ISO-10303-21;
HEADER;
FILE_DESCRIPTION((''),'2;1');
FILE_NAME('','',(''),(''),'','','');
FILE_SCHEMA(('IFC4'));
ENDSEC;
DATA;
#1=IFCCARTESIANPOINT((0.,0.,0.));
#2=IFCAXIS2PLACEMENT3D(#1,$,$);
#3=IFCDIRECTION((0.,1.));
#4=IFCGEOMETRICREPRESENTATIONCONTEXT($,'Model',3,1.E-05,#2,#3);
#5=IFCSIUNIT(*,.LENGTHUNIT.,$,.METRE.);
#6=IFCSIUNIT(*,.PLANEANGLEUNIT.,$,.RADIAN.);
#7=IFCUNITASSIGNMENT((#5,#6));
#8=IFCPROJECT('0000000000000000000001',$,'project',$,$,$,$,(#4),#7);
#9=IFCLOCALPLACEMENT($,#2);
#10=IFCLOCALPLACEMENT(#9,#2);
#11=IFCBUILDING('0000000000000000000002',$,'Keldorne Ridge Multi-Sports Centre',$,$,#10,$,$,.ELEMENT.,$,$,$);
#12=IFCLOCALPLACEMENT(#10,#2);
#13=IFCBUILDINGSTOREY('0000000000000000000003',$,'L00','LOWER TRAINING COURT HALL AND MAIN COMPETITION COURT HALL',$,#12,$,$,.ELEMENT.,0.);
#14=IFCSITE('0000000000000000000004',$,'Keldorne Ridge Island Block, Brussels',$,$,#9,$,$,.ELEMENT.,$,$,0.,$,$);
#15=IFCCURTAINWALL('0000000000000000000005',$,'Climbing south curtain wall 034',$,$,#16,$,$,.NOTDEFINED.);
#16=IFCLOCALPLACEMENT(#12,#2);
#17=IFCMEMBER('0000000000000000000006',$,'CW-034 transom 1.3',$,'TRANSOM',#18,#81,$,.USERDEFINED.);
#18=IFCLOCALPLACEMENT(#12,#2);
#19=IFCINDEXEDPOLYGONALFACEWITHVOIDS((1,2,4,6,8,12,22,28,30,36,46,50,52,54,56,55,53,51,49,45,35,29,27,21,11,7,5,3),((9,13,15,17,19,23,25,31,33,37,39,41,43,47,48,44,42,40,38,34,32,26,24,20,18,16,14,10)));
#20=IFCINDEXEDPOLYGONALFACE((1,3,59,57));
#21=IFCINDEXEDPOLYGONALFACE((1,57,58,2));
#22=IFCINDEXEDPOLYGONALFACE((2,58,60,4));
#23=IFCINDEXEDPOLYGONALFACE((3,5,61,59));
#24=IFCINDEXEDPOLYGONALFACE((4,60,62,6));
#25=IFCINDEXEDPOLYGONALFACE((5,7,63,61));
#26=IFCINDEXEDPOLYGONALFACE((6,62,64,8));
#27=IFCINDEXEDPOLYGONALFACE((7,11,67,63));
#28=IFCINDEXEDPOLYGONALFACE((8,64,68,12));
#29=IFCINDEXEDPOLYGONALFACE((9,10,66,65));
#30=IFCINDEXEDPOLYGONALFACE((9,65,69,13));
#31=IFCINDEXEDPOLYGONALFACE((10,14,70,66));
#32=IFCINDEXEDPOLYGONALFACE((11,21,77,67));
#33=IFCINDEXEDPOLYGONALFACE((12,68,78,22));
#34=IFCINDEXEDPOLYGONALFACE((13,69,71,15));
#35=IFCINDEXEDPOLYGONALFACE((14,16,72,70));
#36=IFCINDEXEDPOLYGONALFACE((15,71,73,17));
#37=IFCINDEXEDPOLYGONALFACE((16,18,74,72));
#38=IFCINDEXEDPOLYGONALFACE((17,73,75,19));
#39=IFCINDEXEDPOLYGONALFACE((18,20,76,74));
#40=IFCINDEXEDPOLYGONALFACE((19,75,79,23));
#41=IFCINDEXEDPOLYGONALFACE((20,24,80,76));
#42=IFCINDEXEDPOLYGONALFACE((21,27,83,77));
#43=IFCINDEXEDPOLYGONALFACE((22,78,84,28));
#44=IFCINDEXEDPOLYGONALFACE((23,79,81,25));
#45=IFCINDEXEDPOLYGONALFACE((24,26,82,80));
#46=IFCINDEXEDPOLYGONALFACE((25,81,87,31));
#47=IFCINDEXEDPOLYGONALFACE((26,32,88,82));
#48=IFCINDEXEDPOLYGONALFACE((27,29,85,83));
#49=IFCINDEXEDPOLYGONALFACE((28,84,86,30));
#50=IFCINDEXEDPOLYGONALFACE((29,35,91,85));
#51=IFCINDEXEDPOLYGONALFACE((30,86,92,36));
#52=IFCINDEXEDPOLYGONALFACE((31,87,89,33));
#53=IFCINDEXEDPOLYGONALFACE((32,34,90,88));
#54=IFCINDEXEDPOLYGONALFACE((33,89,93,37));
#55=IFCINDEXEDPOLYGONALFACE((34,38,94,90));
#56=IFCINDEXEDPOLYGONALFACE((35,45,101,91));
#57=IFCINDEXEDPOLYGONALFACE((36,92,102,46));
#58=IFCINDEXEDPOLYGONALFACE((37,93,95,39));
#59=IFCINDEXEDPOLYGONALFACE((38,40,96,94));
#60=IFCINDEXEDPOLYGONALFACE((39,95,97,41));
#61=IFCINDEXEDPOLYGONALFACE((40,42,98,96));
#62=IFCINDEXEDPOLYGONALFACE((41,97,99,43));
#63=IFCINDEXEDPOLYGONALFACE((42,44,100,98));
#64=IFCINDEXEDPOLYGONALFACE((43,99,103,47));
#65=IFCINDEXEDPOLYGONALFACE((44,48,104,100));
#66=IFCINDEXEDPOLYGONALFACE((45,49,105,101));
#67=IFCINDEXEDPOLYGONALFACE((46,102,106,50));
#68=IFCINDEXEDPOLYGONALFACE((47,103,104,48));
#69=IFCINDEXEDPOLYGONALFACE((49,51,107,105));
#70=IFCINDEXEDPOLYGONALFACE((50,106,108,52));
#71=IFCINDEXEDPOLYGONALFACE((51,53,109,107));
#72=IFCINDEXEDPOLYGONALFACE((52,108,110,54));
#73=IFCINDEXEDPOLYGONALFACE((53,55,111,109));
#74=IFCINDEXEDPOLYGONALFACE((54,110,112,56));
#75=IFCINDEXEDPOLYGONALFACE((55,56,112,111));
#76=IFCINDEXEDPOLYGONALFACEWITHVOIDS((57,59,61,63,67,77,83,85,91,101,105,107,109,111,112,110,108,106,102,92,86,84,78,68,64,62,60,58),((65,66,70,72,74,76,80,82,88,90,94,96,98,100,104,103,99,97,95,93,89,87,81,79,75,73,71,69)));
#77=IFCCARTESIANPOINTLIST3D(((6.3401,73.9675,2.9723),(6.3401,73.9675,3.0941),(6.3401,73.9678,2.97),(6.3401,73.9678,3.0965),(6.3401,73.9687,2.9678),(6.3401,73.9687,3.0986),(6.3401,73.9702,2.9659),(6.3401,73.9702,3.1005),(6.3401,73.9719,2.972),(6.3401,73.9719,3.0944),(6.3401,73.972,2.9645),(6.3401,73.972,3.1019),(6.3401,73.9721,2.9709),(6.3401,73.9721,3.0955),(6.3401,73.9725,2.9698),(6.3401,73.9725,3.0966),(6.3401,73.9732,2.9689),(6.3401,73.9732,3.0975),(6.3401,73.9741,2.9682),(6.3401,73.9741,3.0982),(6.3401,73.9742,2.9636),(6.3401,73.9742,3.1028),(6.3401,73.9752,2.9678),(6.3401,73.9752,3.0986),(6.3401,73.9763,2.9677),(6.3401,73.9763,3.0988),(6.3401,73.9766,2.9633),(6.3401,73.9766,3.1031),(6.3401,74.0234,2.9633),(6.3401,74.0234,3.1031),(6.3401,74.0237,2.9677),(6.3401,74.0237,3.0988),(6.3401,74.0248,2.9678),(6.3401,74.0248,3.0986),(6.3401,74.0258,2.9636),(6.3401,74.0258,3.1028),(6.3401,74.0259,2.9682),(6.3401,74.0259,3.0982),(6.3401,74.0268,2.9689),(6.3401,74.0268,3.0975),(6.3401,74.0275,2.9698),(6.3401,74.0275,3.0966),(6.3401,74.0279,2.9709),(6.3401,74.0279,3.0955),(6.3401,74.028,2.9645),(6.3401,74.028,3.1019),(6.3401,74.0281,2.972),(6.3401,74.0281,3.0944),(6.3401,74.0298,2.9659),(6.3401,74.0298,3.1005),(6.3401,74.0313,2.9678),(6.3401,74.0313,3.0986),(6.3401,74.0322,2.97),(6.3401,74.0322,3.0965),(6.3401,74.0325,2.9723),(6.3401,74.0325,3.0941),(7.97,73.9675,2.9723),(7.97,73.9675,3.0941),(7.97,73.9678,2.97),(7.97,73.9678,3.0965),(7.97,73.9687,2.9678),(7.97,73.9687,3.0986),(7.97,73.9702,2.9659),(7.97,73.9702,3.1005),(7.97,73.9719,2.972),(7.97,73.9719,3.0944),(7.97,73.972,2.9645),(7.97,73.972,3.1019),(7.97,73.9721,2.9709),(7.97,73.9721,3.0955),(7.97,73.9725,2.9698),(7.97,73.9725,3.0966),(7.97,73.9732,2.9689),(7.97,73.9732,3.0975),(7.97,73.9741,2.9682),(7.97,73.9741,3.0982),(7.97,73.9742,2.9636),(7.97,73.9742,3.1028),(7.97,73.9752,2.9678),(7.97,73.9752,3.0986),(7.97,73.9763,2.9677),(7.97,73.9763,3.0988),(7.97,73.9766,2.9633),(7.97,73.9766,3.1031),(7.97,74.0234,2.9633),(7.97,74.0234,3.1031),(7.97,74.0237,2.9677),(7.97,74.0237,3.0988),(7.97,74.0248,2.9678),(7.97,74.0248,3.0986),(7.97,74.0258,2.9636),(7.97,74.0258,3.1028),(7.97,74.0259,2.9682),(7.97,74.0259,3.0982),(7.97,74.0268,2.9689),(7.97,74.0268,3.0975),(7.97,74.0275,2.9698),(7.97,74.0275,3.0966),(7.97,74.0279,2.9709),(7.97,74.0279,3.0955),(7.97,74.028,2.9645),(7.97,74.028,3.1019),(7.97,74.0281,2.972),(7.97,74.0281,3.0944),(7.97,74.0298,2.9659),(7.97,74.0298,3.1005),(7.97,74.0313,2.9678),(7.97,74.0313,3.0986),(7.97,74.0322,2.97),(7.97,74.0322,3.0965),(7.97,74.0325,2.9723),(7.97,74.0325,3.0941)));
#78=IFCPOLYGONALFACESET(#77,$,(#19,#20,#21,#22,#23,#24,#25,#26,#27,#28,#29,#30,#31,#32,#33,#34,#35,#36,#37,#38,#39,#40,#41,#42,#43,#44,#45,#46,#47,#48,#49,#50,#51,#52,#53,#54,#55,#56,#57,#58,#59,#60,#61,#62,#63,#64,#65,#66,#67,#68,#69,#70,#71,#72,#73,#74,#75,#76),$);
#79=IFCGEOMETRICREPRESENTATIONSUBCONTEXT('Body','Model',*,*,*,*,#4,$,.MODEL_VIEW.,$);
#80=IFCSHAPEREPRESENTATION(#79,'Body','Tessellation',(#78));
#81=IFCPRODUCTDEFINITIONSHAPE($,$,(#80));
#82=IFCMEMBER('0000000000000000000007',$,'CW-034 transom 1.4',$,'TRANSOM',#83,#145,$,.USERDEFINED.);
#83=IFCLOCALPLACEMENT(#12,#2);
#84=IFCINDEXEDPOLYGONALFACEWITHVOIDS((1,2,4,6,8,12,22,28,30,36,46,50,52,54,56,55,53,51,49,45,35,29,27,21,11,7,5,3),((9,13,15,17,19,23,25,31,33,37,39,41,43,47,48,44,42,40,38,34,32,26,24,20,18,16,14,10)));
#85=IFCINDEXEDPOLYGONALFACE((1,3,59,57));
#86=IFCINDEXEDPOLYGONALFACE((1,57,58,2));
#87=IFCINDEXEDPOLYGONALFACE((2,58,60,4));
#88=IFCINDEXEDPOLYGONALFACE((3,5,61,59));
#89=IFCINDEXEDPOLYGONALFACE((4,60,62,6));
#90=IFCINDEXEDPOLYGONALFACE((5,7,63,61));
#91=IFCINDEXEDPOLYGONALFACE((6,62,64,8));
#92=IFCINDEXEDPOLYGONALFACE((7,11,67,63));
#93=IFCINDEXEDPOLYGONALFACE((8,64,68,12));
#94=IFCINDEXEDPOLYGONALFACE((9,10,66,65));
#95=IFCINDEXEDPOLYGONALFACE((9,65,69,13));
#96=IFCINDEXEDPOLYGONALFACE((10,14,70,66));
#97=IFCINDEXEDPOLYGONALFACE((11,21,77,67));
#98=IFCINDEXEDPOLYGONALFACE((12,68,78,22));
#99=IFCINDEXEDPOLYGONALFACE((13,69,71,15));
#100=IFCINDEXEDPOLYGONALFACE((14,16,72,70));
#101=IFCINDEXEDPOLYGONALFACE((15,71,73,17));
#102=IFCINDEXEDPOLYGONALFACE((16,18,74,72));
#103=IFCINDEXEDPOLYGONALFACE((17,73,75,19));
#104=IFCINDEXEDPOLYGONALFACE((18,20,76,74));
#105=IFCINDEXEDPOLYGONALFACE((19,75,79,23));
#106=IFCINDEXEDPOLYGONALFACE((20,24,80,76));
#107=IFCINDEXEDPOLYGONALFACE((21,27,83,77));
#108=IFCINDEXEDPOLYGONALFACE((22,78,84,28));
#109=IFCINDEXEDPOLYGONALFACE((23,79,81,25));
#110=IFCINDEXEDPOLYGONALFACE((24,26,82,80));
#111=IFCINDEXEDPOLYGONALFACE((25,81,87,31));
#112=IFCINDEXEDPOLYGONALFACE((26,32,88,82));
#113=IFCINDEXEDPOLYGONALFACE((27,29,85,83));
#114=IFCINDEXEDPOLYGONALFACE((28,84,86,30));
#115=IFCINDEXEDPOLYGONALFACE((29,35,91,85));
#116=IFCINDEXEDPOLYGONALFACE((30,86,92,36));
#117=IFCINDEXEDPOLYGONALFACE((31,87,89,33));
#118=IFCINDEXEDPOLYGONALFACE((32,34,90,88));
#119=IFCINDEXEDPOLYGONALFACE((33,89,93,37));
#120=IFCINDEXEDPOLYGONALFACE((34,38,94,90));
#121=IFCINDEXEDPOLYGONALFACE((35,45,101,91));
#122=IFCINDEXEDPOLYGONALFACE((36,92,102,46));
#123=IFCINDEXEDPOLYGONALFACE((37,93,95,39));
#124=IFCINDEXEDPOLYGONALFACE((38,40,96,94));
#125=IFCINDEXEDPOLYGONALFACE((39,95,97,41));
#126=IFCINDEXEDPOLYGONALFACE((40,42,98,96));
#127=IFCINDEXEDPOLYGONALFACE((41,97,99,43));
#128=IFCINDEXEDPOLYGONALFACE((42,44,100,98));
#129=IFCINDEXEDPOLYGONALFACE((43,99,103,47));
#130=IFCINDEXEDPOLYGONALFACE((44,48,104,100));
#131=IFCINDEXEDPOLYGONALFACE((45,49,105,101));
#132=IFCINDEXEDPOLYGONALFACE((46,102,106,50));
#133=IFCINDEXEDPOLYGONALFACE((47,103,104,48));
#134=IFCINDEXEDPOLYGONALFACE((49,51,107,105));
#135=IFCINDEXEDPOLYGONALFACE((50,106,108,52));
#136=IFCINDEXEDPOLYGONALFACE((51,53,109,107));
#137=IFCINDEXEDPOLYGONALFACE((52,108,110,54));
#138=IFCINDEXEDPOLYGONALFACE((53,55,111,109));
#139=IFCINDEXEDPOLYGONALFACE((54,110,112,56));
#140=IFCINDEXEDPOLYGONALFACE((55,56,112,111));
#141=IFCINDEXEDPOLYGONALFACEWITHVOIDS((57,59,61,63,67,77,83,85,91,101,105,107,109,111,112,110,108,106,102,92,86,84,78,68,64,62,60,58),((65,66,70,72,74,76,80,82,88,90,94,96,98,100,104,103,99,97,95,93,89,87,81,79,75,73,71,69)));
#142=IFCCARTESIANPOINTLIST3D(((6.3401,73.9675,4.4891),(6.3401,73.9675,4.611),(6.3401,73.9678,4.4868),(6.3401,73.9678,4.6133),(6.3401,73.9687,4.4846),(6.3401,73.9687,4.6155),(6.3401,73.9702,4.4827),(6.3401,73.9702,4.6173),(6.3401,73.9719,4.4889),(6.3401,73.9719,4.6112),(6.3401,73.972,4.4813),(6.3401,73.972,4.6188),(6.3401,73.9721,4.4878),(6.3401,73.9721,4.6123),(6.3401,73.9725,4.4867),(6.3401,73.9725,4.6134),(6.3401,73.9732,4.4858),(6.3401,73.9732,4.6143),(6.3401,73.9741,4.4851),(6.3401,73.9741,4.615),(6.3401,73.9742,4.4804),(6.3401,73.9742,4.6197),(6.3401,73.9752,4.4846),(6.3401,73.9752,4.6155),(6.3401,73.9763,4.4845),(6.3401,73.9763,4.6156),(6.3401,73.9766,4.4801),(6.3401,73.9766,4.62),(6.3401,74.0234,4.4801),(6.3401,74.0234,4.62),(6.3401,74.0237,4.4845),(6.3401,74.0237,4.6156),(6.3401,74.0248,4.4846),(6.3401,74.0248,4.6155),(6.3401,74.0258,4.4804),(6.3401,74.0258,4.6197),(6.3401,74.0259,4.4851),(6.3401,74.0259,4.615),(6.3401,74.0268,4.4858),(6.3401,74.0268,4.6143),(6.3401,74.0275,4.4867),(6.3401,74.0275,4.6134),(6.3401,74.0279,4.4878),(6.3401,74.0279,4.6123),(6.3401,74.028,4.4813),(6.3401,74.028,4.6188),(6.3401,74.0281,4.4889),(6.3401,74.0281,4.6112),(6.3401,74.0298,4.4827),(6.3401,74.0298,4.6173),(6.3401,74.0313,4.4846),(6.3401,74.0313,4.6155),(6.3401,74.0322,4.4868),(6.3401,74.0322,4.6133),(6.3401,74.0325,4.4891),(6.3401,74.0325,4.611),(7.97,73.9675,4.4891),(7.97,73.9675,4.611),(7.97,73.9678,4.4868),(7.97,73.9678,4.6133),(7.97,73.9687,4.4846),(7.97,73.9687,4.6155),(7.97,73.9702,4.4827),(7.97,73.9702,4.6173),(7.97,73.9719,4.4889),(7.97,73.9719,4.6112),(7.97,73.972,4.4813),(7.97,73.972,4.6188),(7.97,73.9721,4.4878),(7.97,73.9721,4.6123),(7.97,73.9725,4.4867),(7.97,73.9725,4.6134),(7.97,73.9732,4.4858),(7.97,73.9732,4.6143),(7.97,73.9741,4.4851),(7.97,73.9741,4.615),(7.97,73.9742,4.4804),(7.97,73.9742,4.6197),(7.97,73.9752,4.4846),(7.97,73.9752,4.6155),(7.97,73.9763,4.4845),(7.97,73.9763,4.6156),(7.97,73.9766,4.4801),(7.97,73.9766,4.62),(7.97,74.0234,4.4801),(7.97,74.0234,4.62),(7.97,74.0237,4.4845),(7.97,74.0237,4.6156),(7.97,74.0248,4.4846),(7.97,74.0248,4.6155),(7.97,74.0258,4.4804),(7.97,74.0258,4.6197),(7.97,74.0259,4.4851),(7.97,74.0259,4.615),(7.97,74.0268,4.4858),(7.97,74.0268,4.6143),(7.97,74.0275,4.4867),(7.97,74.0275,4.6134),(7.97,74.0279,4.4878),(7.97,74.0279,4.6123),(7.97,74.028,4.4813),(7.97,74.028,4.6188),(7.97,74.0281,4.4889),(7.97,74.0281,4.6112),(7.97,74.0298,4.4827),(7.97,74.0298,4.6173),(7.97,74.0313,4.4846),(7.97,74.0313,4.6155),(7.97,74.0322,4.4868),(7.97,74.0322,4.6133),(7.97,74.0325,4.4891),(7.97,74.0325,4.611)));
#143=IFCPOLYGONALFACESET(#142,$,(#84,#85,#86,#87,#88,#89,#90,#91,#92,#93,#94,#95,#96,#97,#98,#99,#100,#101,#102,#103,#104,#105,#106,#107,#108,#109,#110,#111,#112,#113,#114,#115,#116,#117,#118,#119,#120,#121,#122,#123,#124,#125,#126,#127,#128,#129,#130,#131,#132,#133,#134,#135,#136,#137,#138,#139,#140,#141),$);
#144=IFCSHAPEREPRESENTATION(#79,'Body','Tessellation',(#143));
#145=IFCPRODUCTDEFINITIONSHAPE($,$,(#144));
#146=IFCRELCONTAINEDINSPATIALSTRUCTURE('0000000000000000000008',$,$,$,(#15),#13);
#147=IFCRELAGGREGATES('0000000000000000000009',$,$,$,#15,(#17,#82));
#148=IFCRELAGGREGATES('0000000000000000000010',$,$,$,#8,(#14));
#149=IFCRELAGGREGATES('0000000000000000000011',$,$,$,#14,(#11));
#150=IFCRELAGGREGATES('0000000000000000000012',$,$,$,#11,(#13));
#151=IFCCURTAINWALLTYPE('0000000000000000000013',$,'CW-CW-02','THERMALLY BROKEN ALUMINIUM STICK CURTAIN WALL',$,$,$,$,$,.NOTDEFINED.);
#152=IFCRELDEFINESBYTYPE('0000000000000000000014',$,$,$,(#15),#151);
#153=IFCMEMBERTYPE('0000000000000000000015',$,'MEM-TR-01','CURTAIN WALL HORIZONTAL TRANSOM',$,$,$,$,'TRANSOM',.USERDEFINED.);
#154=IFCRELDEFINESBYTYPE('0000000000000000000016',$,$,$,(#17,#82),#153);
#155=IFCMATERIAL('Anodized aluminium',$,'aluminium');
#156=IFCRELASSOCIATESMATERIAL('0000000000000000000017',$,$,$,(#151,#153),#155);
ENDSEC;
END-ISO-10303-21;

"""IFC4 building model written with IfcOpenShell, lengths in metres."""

from ifc_helpers import new_model, si_unit, direction, frame, origin, origin_2d, place, context, subcontext, project, spatial, hollow_rectangle, extrude, material, material_profile, profile_set, type_object, element, aggregate, save


model = new_model("IFC4")

# Units and contexts
model_context = context("Model", 3, precision=1e-05, world=origin(), true_north=direction((0.0, 1.0)))
body_context = subcontext(model_context, "Body", "Model", "MODEL_VIEW")
ifc_project = project(units=[si_unit("LENGTHUNIT", "METRE"), si_unit("PLANEANGLEUNIT", "RADIAN")], contexts=[model_context])

# Site, building, storey
site_placement = place(None, origin())
site = spatial("IfcSite", under=ifc_project, at=site_placement, Name="Keldorne Ridge Island Block, Brussels", CompositionType="ELEMENT", RefElevation=0.0)
building_placement = place(site_placement, origin())
building = spatial("IfcBuilding", under=site, at=building_placement, Name="Keldorne Ridge Multi-Sports Centre", CompositionType="ELEMENT")
storey_placement = place(building_placement, origin())
storey = spatial("IfcBuildingStorey", under=building, at=storey_placement, Name="L00", Description="LOWER TRAINING COURT HALL AND MAIN COMPETITION COURT HALL", CompositionType="ELEMENT", Elevation=0.0)

# Curtain wall, members
ifc_material_1 = material(Name="Anodized aluminium", Category="aluminium")
curtain_wall_type = type_object("IfcCurtainWallType", Name="CW-CW-02", Description="THERMALLY BROKEN ALUMINIUM STICK CURTAIN WALL", PredefinedType="NOTDEFINED", material=ifc_material_1)
curtain_wall_placement = place(storey_placement, origin())
curtain_wall = element("IfcCurtainWall", 1, at=curtain_wall_placement, inside=storey, type_object=curtain_wall_type, Name="Climbing south curtain wall 034", PredefinedType="NOTDEFINED")
ifc_material_profile_1 = material_profile(ifc_material_1, hollow_rectangle(XDim=0.0649, YDim=0.1399, WallThickness=0.0044, InnerFilletRadius=0.0044, OuterFilletRadius=0.009, at=origin_2d()), Name="ALU TRANSOM 140x65x4.5")
ifc_profile_set_1 = profile_set([ifc_material_profile_1], Name="Anodized aluminium")
member_type_1 = type_object("IfcMemberType", Name="MEM-TR-01", Description="CURTAIN WALL HORIZONTAL TRANSOM", ElementType="TRANSOM", PredefinedType="USERDEFINED", material=ifc_profile_set_1)
member_1_placement = place(storey_placement, frame((6.3401, 74.0, 3.0332), z_axis=(1.0, 0.0, 0.0), x_axis=(0.0, 1.0, 0.0)))
member_1 = element("IfcMember", 2, at=member_1_placement, type_object=member_type_1, Name="CW-034 transom 1.3", ObjectType="TRANSOM", PredefinedType="USERDEFINED", context=body_context, shape_type="SweptSolid", body=[
    extrude(hollow_rectangle(XDim=0.0649, YDim=0.1399, WallThickness=0.0044, InnerFilletRadius=0.0044, OuterFilletRadius=0.009, at=origin_2d()), origin(), (0.0, 0.0, 1.0), 1.6299),
])
member_2_placement = place(storey_placement, frame((6.3401, 74.0, 4.55), z_axis=(1.0, 0.0, 0.0), x_axis=(0.0, 1.0, 0.0)))
member_2 = element("IfcMember", 3, at=member_2_placement, type_object=member_type_1, Name="CW-034 transom 1.4", ObjectType="TRANSOM", PredefinedType="USERDEFINED", context=body_context, shape_type="SweptSolid", body=[
    extrude(hollow_rectangle(XDim=0.0649, YDim=0.1399, WallThickness=0.0044, InnerFilletRadius=0.0044, OuterFilletRadius=0.009, at=origin_2d()), origin(), (0.0, 0.0, 1.0), 1.6299),
])
aggregate(curtain_wall, [member_1, member_2])

save(model, "model.ifc")
